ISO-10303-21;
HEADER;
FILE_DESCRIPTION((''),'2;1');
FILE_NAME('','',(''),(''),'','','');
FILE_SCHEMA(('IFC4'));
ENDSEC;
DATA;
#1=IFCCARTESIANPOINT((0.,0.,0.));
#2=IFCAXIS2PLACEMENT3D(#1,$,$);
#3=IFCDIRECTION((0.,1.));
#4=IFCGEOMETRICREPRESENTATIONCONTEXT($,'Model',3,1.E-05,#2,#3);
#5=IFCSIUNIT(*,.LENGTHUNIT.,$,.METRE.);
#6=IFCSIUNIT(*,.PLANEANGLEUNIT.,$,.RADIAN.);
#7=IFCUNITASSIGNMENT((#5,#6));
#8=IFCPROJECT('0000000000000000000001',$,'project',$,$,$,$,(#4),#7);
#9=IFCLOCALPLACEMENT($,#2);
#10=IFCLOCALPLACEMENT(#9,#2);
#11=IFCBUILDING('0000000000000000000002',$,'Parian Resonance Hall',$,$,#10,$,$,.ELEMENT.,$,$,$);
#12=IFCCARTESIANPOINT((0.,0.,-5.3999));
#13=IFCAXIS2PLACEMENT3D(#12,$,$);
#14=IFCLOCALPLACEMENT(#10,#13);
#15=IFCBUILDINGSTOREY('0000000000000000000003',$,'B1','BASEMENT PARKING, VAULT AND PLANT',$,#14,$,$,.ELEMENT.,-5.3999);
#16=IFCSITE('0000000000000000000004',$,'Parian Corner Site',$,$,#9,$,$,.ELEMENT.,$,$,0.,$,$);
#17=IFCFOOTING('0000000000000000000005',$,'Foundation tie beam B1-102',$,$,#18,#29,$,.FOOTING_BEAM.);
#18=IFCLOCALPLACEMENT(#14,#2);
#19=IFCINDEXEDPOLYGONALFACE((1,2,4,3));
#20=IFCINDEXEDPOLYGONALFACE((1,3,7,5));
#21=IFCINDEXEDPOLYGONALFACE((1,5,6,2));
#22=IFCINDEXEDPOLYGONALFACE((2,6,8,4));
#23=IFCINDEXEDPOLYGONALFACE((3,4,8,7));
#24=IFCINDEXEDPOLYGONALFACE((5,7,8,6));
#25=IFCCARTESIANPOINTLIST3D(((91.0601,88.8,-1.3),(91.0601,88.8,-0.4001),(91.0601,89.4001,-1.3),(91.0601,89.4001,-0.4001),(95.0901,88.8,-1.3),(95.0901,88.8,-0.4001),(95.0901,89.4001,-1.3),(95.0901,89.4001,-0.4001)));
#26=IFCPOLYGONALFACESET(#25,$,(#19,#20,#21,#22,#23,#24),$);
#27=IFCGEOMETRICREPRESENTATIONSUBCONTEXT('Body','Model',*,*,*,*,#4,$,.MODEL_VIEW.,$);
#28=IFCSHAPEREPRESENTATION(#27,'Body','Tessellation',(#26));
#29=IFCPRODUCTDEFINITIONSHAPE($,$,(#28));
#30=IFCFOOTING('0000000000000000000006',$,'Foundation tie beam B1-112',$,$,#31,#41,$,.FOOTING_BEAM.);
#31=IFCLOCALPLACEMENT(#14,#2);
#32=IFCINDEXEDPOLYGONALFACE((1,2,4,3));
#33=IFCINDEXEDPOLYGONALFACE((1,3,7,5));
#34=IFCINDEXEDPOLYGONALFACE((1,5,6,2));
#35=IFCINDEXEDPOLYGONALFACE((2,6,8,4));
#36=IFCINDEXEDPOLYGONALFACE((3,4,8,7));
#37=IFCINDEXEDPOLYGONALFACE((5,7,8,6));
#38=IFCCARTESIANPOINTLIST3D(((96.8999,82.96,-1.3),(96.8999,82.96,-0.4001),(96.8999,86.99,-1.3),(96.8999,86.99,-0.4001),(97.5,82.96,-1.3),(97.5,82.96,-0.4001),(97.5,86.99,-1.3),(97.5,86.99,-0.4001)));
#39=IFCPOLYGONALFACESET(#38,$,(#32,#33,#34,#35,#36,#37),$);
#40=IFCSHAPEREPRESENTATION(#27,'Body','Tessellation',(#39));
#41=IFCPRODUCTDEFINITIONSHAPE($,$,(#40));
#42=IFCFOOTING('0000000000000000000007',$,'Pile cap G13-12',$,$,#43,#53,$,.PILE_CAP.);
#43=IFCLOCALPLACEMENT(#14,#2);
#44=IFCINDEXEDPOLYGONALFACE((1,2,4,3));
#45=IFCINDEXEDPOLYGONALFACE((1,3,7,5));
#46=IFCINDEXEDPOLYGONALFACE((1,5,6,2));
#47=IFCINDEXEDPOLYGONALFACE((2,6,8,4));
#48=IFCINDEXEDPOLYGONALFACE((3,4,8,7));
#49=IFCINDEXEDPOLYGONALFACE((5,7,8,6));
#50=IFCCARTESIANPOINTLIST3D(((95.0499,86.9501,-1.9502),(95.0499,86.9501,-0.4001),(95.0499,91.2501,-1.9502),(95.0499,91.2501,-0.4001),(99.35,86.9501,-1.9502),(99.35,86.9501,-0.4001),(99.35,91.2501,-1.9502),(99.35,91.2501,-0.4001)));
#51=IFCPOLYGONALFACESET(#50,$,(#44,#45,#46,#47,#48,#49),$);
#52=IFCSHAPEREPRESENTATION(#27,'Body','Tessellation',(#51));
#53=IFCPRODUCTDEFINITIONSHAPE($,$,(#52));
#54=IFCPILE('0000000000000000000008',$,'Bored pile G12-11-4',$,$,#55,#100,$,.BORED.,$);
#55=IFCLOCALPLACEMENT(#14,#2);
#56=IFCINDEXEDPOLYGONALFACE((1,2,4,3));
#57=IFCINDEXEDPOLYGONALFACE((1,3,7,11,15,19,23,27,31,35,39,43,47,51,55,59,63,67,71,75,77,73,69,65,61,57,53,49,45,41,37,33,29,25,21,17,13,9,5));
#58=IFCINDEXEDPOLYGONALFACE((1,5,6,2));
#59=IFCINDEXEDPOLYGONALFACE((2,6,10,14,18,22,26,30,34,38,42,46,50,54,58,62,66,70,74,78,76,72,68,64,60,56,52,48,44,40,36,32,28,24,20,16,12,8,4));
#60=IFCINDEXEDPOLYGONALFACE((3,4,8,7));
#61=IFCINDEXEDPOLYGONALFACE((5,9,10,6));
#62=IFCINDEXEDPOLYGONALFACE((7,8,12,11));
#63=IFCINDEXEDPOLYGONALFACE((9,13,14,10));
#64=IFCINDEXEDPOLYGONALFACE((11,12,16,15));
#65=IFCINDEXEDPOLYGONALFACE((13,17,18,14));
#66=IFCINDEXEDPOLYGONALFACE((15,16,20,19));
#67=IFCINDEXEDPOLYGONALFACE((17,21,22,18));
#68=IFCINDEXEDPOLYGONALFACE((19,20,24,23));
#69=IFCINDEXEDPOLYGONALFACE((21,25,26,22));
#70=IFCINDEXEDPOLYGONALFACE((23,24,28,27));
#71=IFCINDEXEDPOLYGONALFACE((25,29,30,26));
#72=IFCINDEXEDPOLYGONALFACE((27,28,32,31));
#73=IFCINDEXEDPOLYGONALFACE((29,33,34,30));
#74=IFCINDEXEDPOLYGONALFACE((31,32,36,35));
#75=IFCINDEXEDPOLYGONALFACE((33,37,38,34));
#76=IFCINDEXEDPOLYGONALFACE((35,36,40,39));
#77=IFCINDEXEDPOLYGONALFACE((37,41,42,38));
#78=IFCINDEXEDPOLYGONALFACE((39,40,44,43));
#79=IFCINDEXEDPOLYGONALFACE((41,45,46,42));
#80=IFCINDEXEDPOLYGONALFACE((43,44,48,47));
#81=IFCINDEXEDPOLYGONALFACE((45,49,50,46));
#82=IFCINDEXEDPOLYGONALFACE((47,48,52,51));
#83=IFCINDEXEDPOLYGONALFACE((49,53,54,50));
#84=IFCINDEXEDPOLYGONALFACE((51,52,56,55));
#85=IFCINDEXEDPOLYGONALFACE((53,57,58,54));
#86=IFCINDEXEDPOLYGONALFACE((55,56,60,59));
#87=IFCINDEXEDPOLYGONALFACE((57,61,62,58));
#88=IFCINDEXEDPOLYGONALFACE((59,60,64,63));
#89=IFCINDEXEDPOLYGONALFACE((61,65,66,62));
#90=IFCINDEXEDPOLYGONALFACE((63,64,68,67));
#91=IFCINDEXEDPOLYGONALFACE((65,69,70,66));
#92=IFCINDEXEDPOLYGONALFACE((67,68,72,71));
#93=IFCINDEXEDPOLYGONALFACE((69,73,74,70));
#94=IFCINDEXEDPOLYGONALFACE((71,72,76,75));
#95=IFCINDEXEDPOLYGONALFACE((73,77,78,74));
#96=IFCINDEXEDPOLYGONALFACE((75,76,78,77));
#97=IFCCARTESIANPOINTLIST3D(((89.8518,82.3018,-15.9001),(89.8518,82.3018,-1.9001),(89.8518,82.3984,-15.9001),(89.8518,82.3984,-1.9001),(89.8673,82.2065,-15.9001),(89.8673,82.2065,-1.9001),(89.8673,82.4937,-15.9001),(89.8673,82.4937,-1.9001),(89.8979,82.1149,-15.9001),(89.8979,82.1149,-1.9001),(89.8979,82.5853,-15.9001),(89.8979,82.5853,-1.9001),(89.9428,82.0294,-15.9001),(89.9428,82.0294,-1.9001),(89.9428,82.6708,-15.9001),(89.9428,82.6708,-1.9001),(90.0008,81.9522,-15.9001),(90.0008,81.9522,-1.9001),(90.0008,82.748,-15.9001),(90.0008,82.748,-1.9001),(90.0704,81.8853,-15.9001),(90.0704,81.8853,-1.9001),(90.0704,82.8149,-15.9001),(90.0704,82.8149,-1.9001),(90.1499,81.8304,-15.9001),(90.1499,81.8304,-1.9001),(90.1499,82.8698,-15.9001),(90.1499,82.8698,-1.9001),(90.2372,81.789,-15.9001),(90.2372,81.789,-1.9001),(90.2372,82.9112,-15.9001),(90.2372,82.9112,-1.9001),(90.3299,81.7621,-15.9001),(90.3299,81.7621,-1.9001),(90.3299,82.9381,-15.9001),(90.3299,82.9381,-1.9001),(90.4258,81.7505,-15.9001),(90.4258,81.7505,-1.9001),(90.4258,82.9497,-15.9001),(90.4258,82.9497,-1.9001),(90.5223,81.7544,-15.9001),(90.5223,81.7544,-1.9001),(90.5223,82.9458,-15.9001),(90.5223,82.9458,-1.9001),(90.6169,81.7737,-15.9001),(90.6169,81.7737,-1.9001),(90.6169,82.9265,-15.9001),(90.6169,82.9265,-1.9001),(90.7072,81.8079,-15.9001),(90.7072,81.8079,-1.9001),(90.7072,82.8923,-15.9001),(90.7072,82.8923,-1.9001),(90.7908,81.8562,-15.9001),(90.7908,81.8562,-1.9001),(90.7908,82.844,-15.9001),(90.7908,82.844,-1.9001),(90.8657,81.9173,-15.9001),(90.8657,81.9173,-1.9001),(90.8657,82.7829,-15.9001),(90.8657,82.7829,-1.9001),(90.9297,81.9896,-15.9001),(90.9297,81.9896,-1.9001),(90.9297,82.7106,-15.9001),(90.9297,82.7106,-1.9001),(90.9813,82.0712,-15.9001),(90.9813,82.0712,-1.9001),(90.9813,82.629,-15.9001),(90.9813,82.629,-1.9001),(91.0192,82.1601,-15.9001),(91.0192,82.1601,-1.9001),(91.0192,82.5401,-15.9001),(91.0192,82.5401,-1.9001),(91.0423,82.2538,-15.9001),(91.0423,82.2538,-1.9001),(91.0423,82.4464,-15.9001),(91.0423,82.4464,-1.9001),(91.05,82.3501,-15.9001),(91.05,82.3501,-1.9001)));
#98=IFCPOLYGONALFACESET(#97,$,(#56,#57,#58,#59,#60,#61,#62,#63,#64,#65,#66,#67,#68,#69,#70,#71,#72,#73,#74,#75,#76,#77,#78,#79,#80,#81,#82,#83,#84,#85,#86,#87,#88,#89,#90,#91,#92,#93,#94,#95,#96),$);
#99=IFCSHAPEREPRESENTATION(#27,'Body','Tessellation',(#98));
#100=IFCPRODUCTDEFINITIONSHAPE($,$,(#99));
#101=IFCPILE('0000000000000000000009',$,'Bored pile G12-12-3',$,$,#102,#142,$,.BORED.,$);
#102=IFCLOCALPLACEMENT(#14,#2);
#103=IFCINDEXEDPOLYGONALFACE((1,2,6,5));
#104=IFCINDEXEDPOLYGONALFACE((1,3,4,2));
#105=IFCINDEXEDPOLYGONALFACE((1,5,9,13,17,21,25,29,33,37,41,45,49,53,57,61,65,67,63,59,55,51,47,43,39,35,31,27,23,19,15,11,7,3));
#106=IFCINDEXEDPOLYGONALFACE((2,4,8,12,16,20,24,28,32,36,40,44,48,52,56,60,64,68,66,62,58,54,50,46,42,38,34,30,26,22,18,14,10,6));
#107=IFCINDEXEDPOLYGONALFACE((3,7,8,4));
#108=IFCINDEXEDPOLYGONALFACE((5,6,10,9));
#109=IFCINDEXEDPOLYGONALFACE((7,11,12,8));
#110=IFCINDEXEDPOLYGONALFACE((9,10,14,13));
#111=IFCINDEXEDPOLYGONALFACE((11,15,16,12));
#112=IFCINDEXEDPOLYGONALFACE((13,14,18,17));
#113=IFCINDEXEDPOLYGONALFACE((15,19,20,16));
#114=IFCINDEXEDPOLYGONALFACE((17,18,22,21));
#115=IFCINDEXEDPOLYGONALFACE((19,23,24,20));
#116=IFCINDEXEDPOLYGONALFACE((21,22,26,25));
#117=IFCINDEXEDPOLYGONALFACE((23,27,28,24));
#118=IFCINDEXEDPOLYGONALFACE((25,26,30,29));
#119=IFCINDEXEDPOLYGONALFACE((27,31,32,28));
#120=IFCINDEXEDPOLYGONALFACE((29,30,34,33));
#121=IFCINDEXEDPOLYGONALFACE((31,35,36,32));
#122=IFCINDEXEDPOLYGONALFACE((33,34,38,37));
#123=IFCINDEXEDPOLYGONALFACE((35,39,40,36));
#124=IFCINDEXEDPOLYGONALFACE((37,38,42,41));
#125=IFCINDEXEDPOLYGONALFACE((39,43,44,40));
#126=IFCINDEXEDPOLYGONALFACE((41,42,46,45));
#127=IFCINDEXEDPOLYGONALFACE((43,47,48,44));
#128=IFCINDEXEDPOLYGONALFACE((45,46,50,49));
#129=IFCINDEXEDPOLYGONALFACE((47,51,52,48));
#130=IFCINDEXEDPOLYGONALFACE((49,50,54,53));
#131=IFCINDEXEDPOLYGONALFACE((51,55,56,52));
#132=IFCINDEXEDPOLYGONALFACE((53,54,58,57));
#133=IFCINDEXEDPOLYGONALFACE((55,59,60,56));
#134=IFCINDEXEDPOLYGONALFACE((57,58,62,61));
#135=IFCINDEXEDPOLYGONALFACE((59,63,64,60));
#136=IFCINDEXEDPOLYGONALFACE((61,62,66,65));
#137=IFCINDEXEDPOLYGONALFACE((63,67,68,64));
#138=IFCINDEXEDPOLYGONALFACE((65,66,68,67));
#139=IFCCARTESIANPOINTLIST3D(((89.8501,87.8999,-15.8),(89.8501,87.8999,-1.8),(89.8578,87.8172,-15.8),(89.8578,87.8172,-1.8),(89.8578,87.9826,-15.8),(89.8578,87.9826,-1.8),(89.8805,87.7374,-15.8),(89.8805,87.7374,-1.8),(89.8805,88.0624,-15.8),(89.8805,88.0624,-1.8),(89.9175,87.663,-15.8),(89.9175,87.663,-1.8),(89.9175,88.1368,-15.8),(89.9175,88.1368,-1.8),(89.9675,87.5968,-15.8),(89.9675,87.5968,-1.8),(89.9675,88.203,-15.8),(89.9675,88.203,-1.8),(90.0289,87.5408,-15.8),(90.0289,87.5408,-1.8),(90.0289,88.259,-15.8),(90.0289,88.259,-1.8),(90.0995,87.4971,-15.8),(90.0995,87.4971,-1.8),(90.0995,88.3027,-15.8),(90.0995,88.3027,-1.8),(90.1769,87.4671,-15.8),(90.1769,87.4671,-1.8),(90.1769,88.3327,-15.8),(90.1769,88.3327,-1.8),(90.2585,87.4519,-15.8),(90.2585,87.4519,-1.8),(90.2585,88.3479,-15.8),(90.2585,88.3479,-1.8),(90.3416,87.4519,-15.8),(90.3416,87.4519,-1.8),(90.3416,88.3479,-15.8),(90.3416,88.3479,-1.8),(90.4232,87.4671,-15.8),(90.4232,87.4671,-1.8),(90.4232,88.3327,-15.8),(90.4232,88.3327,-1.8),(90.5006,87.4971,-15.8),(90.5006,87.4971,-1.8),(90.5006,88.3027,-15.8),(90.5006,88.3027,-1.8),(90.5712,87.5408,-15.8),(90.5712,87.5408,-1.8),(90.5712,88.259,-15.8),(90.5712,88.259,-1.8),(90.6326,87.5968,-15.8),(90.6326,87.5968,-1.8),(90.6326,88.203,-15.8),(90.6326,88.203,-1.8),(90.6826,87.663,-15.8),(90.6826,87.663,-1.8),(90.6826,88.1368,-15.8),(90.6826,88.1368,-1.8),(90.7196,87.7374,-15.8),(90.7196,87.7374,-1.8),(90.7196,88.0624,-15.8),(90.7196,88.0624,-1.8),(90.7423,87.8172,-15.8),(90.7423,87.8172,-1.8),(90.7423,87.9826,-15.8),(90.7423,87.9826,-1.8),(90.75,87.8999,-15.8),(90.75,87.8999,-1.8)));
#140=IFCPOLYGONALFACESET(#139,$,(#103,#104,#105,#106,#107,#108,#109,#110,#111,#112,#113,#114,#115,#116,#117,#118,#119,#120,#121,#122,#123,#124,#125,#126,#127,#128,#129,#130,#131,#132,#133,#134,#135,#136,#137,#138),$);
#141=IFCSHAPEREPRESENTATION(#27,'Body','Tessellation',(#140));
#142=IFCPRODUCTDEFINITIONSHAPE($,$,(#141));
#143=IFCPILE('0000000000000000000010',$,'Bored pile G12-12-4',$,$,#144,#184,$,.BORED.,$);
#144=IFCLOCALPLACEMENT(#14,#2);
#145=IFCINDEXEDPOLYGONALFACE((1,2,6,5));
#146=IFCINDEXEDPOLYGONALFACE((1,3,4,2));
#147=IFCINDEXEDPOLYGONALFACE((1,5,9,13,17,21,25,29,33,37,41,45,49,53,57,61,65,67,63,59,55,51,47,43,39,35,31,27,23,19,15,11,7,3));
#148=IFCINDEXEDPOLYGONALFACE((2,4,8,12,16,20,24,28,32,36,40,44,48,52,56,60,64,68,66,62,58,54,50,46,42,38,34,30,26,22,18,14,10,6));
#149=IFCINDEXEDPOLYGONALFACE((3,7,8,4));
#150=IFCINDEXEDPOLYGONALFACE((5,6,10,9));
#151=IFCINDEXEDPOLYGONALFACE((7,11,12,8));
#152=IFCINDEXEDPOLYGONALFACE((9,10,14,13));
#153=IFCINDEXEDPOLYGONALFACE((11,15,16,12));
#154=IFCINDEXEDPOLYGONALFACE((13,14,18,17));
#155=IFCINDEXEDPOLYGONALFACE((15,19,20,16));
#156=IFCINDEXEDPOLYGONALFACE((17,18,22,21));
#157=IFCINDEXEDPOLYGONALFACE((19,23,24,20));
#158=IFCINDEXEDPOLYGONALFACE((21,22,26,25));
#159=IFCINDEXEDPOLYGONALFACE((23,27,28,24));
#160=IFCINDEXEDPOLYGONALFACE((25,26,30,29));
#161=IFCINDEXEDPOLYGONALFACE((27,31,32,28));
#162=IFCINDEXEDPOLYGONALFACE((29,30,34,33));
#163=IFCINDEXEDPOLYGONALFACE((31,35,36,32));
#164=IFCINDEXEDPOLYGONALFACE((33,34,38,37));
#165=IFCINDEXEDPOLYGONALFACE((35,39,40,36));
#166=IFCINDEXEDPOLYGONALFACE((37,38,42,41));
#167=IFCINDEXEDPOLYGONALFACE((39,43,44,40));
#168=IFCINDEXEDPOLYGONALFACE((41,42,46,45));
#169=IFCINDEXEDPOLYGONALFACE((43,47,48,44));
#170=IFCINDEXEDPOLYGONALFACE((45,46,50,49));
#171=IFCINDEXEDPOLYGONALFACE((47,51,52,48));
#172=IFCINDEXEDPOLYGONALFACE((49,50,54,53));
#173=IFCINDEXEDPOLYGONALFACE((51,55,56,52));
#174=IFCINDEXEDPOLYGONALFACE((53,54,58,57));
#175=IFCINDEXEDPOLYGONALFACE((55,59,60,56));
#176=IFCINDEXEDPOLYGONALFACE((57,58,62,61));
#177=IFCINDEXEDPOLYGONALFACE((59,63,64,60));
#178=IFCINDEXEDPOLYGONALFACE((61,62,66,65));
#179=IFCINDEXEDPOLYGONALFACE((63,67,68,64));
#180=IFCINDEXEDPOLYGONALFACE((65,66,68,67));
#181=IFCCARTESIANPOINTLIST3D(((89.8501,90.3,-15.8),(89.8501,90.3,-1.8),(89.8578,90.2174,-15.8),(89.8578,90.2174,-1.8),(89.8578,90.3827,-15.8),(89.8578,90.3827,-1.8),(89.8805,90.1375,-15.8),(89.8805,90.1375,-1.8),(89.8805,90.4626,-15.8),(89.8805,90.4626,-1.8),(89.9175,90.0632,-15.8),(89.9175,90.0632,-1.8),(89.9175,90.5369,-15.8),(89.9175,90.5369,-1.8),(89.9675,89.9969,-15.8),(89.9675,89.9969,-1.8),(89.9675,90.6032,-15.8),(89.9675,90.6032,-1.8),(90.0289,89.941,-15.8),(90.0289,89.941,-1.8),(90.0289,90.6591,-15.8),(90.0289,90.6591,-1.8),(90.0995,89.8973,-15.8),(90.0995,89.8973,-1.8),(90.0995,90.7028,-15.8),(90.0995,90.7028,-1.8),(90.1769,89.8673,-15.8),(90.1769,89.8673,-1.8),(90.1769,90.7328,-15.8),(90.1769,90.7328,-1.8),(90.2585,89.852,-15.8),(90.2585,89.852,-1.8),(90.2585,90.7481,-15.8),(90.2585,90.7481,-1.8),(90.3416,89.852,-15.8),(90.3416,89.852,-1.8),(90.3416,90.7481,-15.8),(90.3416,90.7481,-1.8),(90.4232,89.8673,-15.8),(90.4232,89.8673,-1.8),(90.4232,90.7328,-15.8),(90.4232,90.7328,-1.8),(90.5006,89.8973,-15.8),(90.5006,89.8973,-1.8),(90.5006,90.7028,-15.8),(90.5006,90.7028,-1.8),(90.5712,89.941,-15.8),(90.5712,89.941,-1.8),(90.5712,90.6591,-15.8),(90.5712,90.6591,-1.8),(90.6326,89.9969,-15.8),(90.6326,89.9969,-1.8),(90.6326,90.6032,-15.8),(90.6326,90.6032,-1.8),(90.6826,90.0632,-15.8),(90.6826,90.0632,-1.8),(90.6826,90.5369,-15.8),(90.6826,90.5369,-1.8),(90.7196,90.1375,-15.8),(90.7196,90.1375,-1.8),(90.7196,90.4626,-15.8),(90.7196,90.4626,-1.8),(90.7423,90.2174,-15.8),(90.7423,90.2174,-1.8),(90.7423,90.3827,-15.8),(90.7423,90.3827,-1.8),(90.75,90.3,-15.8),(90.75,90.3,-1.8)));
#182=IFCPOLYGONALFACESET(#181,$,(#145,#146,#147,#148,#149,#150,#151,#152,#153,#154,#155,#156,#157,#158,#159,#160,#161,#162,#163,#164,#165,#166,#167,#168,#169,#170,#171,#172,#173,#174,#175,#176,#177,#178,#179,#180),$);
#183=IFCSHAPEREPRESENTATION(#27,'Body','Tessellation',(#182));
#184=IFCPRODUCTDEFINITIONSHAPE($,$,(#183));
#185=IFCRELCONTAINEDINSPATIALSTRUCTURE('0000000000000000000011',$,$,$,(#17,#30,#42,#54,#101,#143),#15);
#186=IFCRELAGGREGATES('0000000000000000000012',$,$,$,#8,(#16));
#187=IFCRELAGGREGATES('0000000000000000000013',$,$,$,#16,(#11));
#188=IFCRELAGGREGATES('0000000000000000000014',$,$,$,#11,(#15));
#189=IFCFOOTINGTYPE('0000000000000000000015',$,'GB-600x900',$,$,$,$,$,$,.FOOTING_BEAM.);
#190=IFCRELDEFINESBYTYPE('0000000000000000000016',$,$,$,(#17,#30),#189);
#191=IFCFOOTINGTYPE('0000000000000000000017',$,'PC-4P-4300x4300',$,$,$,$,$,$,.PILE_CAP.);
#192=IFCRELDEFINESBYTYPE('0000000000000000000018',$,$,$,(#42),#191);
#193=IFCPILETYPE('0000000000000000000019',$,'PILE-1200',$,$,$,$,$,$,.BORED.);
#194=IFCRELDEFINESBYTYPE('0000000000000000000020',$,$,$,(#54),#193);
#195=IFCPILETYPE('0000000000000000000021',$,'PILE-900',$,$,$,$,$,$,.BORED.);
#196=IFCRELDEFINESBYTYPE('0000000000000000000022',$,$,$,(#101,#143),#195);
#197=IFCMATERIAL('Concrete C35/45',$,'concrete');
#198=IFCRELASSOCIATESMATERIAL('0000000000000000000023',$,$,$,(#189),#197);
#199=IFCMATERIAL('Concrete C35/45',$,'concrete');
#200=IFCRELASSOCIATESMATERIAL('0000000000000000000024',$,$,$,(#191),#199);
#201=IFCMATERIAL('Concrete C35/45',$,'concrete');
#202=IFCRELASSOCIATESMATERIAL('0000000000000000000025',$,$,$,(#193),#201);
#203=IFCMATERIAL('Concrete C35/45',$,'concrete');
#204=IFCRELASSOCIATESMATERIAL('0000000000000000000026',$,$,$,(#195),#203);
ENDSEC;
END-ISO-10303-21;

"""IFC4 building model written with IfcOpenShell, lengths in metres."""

from ifc_helpers import new_model, si_unit, direction, frame, origin, origin_2d, place, context, subcontext, project, spatial, rectangle, circle, extrude, material, material_profile, profile_set, type_object, element, save


model = new_model("IFC4")

# Units and contexts
model_context = context("Model", 3, precision=1e-05, world=origin(), true_north=direction((0.0, 1.0)))
body_context = subcontext(model_context, "Body", "Model", "MODEL_VIEW")
ifc_project = project(units=[si_unit("LENGTHUNIT", "METRE"), si_unit("PLANEANGLEUNIT", "RADIAN")], contexts=[model_context])

# Site, building, storey
site_placement = place(None, origin())
site = spatial("IfcSite", under=ifc_project, at=site_placement, Name="Parian Corner Site", CompositionType="ELEMENT", RefElevation=0.0)
building_placement = place(site_placement, origin())
building = spatial("IfcBuilding", under=site, at=building_placement, Name="Parian Resonance Hall", CompositionType="ELEMENT")
storey_placement = place(building_placement, frame((0.0, 0.0, -5.3999)))
storey = spatial("IfcBuildingStorey", under=building, at=storey_placement, Name="B1", Description="BASEMENT PARKING, VAULT AND PLANT", CompositionType="ELEMENT", Elevation=-5.3999)

# Footings
ifc_material_1 = material(Name="Concrete C35/45", Category="concrete")
ifc_material_profile_1 = material_profile(ifc_material_1, rectangle(XDim=0.6001, YDim=0.8999, at=origin_2d()), Name="RC-GB-600x900")
ifc_profile_set_1 = profile_set([ifc_material_profile_1], Name="Concrete C35/45")
footing_type_1 = type_object("IfcFootingType", Name="GB-600x900", PredefinedType="FOOTING_BEAM", material=ifc_profile_set_1)
for number, where, z_axis, x_axis, name in (
    (1, (91.0601, 89.1001, -0.8501), (1.0, 0.0, 0.0), (0.0, 1.0, 0.0), "Foundation tie beam B1-102"),
    (2, (97.2, 82.96, -0.8501), (0.0, 1.0, 0.0), (-1.0, 0.0, 0.0), "Foundation tie beam B1-112"),
):
    element("IfcFooting", number, at=place(storey_placement, frame(where, z_axis=z_axis, x_axis=x_axis)), inside=storey, type_object=footing_type_1, Name=name, PredefinedType="FOOTING_BEAM", context=body_context, shape_type="SweptSolid", body=[
        extrude(rectangle(XDim=0.6001, YDim=0.8999, at=origin_2d()), origin(), (0.0, 0.0, 1.0), 4.03),
    ])
ifc_material_2 = material(Name="Concrete C35/45", Category="concrete")
footing_type_2 = type_object("IfcFootingType", Name="PC-4P-4300x4300", PredefinedType="PILE_CAP", material=ifc_material_2)
footing_placement = place(storey_placement, frame((97.2, 89.1001, -1.9502), z_axis=(0.0, 0.0, 1.0), x_axis=(1.0, 0.0, 0.0)))
element("IfcFooting", 3, at=footing_placement, inside=storey, type_object=footing_type_2, Name="Pile cap G13-12", PredefinedType="PILE_CAP", context=body_context, shape_type="SweptSolid", body=[
    extrude(rectangle(XDim=4.3, YDim=4.3, at=origin_2d()), origin(), (0.0, 0.0, 1.0), 1.55),
])

# Piles
ifc_material_3 = material(Name="Concrete C35/45", Category="concrete")
ifc_material_profile_2 = material_profile(ifc_material_3, circle(Radius=0.6001, at=origin_2d()), Name="PILE-D1200")
ifc_profile_set_2 = profile_set([ifc_material_profile_2], Name="Concrete C35/45")
pile_type_1 = type_object("IfcPileType", Name="PILE-1200", PredefinedType="BORED", material=ifc_profile_set_2)
pile_placement = place(storey_placement, frame((90.45, 82.3501, -1.9001), z_axis=(0.0, 0.0, -1.0), x_axis=(1.0, 0.0, 0.0)))
element("IfcPile", 4, at=pile_placement, inside=storey, type_object=pile_type_1, Name="Bored pile G12-11-4", PredefinedType="BORED", context=body_context, shape_type="SweptSolid", body=[
    extrude(circle(Radius=0.6001, at=origin_2d()), origin(), (0.0, 0.0, 1.0), 14.0),
])
ifc_material_4 = material(Name="Concrete C35/45", Category="concrete")
ifc_material_profile_3 = material_profile(ifc_material_4, circle(Radius=0.45, at=origin_2d()), Name="PILE-D900")
ifc_profile_set_3 = profile_set([ifc_material_profile_3], Name="Concrete C35/45")
pile_type_2 = type_object("IfcPileType", Name="PILE-900", PredefinedType="BORED", material=ifc_profile_set_3)
for number, where, z_axis, x_axis, name in (
    (5, (90.3, 87.8999, -1.8), (0.0, 0.0, -1.0), (1.0, 0.0, 0.0), "Bored pile G12-12-3"),
    (6, (90.3, 90.3, -1.8), (0.0, 0.0, -1.0), (1.0, 0.0, 0.0), "Bored pile G12-12-4"),
):
    element("IfcPile", number, at=place(storey_placement, frame(where, z_axis=z_axis, x_axis=x_axis)), inside=storey, type_object=pile_type_2, Name=name, PredefinedType="BORED", context=body_context, shape_type="SweptSolid", body=[
        extrude(circle(Radius=0.45, at=origin_2d()), origin(), (0.0, 0.0, 1.0), 14.0),
    ])

save(model, "model.ifc")
